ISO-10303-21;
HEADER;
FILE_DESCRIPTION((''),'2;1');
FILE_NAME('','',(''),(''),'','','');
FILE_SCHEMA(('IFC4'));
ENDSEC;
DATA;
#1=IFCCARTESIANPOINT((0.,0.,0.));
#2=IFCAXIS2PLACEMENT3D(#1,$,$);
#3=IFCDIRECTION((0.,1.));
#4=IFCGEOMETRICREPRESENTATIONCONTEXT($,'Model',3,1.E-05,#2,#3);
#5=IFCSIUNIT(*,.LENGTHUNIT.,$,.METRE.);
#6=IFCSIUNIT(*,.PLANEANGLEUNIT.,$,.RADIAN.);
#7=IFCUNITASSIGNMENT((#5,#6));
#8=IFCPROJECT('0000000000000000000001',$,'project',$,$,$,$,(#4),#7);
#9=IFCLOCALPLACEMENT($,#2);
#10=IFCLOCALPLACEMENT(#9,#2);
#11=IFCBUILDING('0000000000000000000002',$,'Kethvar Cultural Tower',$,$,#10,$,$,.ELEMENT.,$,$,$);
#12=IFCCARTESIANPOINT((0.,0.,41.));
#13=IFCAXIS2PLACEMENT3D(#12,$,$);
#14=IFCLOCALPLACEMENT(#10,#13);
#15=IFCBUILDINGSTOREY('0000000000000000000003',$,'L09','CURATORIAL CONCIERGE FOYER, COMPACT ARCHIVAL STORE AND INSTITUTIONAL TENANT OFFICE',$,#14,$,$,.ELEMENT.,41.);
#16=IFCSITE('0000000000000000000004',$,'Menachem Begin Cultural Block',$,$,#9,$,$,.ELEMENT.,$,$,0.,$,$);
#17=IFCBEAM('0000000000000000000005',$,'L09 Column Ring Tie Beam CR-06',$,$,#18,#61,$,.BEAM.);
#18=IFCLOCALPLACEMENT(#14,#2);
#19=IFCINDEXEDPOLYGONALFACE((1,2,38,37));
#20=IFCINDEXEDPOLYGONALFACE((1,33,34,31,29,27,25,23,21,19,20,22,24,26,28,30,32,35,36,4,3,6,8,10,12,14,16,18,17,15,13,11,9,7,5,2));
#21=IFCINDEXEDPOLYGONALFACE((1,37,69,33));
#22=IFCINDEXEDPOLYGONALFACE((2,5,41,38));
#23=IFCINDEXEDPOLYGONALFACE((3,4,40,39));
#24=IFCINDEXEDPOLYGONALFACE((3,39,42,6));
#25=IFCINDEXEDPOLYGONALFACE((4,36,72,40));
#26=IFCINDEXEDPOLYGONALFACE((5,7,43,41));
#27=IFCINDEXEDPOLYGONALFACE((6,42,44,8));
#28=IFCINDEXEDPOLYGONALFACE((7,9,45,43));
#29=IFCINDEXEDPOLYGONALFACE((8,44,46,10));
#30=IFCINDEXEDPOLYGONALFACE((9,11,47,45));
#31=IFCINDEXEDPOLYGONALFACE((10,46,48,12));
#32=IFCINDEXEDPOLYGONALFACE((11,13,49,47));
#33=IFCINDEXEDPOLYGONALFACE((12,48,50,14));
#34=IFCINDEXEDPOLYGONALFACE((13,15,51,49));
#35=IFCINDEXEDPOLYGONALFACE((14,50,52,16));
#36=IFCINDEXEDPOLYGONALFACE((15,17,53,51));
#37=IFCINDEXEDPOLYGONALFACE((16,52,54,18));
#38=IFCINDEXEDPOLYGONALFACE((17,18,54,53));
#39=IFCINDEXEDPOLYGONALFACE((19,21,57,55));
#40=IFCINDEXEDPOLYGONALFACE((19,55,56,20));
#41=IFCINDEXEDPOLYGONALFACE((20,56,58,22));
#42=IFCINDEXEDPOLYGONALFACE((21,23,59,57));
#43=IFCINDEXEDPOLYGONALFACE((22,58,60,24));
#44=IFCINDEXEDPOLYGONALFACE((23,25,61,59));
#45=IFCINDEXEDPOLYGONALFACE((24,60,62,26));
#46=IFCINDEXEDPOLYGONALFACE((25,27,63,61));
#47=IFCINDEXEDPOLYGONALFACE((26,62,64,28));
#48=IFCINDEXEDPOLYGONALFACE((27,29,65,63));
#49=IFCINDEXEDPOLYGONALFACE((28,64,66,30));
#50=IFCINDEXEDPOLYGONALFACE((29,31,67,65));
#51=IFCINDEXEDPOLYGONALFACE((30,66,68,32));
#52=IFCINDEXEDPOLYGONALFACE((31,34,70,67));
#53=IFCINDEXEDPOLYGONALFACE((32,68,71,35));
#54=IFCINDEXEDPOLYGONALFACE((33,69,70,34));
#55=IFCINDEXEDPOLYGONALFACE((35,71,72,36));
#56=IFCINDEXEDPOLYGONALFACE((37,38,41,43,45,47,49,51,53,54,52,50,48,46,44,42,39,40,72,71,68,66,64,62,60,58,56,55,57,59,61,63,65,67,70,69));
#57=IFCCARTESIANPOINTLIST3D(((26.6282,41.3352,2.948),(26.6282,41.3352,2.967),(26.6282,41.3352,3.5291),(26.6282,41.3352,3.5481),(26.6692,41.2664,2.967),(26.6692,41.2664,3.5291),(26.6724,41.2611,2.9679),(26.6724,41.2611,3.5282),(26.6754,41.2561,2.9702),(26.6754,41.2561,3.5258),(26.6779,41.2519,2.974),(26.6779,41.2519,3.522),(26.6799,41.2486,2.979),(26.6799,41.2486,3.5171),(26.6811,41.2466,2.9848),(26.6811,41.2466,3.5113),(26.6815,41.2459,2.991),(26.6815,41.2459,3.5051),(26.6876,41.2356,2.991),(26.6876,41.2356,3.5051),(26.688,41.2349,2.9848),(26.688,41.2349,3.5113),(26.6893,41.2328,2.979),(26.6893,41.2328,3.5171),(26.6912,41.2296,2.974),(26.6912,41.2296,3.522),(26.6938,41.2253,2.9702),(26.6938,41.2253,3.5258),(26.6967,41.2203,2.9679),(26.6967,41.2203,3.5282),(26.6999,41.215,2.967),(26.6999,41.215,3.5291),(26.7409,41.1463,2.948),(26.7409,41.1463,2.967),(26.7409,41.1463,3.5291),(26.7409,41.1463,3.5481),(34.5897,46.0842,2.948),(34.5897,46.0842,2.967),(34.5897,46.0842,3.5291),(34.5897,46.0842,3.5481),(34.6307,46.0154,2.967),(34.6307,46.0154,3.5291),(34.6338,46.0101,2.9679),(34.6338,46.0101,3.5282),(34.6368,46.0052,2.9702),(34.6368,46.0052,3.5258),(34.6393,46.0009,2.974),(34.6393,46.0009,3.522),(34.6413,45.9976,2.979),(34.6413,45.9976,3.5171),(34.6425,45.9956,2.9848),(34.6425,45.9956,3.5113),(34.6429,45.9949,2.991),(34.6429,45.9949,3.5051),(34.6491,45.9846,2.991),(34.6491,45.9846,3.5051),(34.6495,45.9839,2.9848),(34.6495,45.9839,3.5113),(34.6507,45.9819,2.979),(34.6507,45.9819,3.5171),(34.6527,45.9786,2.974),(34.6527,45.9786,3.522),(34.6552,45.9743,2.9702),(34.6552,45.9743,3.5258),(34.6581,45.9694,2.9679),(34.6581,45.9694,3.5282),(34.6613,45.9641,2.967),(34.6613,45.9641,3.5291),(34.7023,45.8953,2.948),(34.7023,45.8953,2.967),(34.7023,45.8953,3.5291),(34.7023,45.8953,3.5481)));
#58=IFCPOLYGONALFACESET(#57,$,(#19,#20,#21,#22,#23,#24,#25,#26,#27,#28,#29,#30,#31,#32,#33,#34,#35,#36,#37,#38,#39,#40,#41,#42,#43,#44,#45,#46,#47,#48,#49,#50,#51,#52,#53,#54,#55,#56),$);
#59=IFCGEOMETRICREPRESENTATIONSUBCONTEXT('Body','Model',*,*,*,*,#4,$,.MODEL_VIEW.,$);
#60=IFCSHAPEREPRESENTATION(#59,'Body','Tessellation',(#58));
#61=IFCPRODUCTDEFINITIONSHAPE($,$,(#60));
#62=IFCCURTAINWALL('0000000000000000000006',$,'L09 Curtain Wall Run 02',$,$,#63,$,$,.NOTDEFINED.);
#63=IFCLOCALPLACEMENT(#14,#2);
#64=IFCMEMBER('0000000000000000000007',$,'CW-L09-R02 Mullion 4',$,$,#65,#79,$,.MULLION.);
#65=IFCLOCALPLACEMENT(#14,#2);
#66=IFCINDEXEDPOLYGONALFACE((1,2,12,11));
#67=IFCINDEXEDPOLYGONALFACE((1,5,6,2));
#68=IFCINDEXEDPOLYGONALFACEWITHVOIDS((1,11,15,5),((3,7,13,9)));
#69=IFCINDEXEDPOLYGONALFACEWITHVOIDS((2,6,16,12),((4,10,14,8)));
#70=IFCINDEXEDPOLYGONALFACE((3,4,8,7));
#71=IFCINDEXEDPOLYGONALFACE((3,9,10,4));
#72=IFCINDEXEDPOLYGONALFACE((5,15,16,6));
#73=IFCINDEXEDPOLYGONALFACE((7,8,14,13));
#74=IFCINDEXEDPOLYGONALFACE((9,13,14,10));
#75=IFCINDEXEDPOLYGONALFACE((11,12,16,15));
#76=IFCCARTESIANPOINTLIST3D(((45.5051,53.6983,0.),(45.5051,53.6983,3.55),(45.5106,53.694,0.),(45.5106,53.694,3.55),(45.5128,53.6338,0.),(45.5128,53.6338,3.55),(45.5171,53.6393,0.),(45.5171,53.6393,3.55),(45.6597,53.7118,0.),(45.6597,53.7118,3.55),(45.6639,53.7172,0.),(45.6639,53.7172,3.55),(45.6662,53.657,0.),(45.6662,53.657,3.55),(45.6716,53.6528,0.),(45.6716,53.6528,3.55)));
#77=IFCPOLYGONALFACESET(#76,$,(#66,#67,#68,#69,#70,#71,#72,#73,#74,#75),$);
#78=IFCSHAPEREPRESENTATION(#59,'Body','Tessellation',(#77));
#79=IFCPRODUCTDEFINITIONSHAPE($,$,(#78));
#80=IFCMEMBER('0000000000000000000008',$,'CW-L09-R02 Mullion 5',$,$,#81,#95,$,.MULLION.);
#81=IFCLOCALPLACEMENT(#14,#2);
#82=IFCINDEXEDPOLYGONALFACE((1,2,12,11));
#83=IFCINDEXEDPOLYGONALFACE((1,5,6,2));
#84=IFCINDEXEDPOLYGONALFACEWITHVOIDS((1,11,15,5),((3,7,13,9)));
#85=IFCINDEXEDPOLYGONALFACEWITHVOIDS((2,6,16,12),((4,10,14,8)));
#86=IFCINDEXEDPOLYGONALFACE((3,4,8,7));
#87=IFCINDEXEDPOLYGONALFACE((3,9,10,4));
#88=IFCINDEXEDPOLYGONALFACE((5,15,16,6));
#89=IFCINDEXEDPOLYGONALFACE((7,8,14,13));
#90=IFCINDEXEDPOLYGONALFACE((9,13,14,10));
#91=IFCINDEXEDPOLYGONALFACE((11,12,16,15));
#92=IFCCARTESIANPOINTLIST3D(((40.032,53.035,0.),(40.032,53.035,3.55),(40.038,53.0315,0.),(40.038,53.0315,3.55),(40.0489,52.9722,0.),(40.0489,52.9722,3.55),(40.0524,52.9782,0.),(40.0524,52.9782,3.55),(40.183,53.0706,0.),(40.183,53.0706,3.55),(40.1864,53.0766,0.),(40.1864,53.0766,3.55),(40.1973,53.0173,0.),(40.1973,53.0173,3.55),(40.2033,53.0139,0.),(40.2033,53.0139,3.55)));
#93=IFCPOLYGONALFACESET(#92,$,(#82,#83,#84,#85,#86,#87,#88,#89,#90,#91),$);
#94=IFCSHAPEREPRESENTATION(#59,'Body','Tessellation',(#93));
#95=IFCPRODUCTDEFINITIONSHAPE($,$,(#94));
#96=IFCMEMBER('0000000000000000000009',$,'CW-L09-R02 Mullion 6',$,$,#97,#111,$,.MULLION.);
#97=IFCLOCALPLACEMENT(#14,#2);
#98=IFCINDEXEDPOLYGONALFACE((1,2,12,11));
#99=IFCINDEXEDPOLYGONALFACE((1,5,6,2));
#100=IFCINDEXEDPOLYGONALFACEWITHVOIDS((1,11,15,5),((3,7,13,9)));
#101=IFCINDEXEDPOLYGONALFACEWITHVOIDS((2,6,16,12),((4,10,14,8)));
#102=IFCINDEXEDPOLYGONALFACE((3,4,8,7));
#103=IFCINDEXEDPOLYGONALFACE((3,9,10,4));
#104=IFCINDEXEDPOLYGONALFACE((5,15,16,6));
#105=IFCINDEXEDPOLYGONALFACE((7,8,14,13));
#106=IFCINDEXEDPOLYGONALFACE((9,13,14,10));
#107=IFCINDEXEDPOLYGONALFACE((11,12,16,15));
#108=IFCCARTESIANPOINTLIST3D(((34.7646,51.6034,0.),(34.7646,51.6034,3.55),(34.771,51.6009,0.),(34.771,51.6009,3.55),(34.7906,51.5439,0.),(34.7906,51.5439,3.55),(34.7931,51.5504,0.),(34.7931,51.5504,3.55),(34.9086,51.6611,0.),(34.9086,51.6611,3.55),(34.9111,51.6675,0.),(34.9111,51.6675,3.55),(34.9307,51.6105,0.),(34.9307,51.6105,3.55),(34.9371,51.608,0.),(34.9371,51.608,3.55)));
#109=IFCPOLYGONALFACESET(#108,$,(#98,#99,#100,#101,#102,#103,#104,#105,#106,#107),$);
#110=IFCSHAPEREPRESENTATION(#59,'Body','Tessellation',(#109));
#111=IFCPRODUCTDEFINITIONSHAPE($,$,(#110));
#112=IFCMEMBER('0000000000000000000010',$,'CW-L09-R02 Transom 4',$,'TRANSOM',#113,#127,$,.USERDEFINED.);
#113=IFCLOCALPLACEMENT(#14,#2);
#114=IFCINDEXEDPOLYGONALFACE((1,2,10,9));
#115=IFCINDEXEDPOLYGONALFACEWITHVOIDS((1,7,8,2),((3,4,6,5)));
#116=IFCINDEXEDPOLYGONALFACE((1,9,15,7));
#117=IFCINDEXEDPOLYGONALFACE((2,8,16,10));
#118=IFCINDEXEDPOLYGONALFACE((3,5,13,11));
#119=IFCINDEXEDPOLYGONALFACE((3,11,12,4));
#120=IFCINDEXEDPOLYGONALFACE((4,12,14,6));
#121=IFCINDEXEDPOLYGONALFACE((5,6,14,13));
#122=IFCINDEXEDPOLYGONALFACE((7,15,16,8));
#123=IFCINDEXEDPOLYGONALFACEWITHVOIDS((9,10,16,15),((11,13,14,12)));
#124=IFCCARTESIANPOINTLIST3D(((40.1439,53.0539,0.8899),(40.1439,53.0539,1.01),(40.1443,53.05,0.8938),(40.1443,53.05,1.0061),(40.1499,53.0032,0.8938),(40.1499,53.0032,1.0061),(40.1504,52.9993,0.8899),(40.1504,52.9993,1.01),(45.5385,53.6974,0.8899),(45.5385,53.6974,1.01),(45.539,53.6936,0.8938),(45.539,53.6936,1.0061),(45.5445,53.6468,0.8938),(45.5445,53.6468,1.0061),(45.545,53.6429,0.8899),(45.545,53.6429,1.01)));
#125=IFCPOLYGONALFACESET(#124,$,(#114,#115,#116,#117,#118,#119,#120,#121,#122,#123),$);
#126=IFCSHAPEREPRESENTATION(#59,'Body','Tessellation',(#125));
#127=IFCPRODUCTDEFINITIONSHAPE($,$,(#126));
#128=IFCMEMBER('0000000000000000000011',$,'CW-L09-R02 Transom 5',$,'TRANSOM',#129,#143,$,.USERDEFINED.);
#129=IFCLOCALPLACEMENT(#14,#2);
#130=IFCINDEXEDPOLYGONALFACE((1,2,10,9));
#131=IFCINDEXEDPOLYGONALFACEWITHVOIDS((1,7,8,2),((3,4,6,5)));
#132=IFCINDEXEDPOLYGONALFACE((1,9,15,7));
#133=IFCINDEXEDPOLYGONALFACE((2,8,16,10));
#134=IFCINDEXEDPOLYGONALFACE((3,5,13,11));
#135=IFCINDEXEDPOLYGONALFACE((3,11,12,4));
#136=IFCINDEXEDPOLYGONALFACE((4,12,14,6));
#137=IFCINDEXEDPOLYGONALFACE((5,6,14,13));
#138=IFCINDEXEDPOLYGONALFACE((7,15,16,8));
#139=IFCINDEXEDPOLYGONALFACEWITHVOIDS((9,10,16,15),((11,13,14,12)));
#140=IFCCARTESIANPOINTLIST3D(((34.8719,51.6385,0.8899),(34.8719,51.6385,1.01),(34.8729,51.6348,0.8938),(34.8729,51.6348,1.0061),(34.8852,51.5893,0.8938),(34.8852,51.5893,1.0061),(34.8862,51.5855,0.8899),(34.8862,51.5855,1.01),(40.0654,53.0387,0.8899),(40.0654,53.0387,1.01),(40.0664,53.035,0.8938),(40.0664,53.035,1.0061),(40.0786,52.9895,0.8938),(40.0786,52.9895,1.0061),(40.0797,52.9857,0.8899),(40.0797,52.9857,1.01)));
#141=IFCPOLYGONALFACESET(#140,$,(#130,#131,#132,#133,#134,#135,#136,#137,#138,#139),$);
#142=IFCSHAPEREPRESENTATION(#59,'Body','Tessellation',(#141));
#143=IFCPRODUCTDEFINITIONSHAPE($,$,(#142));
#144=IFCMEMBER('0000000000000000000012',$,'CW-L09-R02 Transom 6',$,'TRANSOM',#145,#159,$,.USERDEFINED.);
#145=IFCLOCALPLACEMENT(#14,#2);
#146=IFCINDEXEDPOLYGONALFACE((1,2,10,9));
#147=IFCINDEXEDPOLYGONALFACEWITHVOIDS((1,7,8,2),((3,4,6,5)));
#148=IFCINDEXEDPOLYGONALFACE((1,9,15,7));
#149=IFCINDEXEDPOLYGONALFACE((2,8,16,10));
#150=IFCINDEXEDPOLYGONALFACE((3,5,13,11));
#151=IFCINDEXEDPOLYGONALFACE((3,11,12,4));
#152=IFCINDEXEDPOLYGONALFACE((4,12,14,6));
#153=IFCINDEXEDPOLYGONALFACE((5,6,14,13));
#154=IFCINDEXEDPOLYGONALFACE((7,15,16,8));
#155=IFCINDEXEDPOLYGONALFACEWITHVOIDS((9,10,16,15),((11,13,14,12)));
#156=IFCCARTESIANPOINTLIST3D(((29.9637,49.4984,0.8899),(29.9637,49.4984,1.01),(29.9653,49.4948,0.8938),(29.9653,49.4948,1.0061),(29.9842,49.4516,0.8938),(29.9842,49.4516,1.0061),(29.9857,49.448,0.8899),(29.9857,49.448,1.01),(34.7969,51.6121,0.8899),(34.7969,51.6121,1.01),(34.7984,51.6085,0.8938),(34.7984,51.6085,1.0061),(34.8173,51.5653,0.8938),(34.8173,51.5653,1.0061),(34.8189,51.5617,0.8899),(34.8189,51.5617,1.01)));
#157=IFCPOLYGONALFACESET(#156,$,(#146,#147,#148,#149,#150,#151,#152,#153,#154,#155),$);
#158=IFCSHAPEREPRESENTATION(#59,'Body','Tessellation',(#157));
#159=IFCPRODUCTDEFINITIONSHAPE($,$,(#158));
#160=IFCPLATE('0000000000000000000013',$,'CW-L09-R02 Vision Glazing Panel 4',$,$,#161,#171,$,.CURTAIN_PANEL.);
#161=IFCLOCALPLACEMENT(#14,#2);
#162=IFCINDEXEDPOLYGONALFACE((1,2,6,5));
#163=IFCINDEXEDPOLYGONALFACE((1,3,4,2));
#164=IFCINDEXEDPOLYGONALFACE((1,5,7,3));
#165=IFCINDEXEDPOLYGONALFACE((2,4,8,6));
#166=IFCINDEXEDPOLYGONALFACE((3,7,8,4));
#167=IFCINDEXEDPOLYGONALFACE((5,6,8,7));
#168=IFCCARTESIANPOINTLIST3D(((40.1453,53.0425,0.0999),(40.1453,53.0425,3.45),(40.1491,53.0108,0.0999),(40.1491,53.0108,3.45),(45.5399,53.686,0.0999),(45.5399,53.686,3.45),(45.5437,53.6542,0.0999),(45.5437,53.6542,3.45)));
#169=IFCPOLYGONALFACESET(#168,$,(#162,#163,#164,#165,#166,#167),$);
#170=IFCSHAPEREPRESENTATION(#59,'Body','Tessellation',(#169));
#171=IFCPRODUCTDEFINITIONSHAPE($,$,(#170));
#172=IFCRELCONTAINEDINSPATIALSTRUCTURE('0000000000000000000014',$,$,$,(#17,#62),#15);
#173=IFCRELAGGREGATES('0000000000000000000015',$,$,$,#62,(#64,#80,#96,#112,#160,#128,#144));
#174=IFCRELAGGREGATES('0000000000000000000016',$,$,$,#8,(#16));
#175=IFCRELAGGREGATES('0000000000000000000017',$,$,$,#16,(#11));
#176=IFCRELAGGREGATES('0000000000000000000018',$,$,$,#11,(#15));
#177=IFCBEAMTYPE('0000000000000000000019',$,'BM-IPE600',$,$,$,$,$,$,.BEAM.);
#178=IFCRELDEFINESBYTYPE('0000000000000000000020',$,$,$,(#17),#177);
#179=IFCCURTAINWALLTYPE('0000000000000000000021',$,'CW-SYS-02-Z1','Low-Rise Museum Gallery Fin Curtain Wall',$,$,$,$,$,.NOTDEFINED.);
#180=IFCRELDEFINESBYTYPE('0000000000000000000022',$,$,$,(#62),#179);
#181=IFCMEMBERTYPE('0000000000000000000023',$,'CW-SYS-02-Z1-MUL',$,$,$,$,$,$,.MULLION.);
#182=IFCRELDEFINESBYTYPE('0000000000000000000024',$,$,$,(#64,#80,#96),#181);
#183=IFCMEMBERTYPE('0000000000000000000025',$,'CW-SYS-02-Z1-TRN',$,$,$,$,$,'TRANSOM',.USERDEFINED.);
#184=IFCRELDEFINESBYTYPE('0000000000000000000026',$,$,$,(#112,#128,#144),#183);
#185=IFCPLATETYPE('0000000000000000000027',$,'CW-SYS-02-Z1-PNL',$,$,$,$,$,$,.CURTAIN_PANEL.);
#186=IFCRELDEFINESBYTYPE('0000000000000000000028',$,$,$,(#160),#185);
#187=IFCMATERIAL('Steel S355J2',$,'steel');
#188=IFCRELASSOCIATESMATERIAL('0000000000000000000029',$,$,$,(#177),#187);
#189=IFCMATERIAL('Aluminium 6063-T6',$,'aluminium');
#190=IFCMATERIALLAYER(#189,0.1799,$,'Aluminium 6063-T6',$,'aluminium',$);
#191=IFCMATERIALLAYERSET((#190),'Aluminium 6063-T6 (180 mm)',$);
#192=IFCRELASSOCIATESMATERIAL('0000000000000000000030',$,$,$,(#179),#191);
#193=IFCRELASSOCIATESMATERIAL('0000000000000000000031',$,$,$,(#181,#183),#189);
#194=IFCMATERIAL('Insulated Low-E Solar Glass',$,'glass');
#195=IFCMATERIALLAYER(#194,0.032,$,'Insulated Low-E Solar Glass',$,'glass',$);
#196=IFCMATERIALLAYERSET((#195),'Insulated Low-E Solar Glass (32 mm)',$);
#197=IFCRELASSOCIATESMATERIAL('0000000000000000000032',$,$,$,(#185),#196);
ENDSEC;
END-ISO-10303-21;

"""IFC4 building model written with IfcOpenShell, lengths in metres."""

from ifc_helpers import new_model, si_unit, direction, frame, origin, origin_2d, place, context, subcontext, project, spatial, rectangle, hollow_rectangle, i_section, extrude, source, transform, mapped, material, layer, layer_set, material_profile, profile_set, type_object, element, aggregate, save


model = new_model("IFC4")

# Units and contexts
model_context = context("Model", 3, precision=1e-05, world=origin(), true_north=direction((0.0, 1.0)))
body_context = subcontext(model_context, "Body", "Model", "MODEL_VIEW")
ifc_project = project(units=[si_unit("LENGTHUNIT", "METRE"), si_unit("PLANEANGLEUNIT", "RADIAN")], contexts=[model_context])

# Site, building, storey
site_placement = place(None, origin())
site = spatial("IfcSite", under=ifc_project, at=site_placement, Name="Menachem Begin Cultural Block", CompositionType="ELEMENT", RefElevation=0.0)
building_placement = place(site_placement, origin())
building = spatial("IfcBuilding", under=site, at=building_placement, Name="Kethvar Cultural Tower", CompositionType="ELEMENT")
storey_placement = place(building_placement, frame((0.0, 0.0, 41.0)))
storey = spatial("IfcBuildingStorey", under=building, at=storey_placement, Name="L09", Description="CURATORIAL CONCIERGE FOYER, COMPACT ARCHIVAL STORE AND INSTITUTIONAL TENANT OFFICE", CompositionType="ELEMENT", Elevation=41.0)

# Beam
ifc_material_1 = material(Name="Steel S355J2", Category="steel")
ifc_material_profile_1 = material_profile(ifc_material_1, i_section(OverallWidth=0.22, OverallDepth=0.6001, WebThickness=0.012, FlangeThickness=0.019, FilletRadius=0.0239, at=origin_2d()), Name="Steel S355J2 — IPE600")
ifc_profile_set_1 = profile_set([ifc_material_profile_1], Name="Steel S355J2 — IPE600")
beam_type_1 = type_object("IfcBeamType", Name="BM-IPE600", PredefinedType="BEAM", material=ifc_profile_set_1)
shared_shape_1 = source(origin(), body_context, "Body", "SweptSolid", [
    extrude(i_section(OverallWidth=0.22, OverallDepth=0.6001, WebThickness=0.012, FlangeThickness=0.019, FilletRadius=0.0239, at=origin_2d()), origin(), (0.0, 0.0, 1.0), 9.2703),
])
beam_1_placement = place(storey_placement, frame((34.646, 45.9897, 3.248), z_axis=(-0.858815, -0.512286, 0.0), x_axis=(0.512286, -0.858815, 0.0)))
element("IfcBeam", 1, at=beam_1_placement, inside=storey, type_object=beam_type_1, Name="L09 Column Ring Tie Beam CR-06", PredefinedType="BEAM", context=body_context, shape_type="MappedRepresentation", body=[
    mapped(shared_shape_1, transform((0.0, 0.0, 0.0), scale=1.0)),
])

# Curtain wall, members, plate
ifc_material_2 = material(Name="Aluminium 6063-T6", Category="aluminium")
ifc_layer_1 = layer(ifc_material_2, 0.1799, Name="Aluminium 6063-T6", Category="aluminium")
ifc_layer_set_1 = layer_set([ifc_layer_1], Name="Aluminium 6063-T6 (180 mm)")
curtain_wall_type = type_object("IfcCurtainWallType", Name="CW-SYS-02-Z1", Description="Low-Rise Museum Gallery Fin Curtain Wall", PredefinedType="NOTDEFINED", material=ifc_layer_set_1)
curtain_wall_placement = place(storey_placement, origin())
curtain_wall = element("IfcCurtainWall", 2, at=curtain_wall_placement, inside=storey, type_object=curtain_wall_type, Name="L09 Curtain Wall Run 02", PredefinedType="NOTDEFINED")
ifc_material_profile_2 = material_profile(ifc_material_2, hollow_rectangle(XDim=0.0649, YDim=0.1599, WallThickness=0.0049, at=origin_2d()), Name="Aluminium 6063-T6 — RHS160x65x5")
ifc_profile_set_2 = profile_set([ifc_material_profile_2], Name="Aluminium 6063-T6 — RHS160x65x5")
member_type_1 = type_object("IfcMemberType", Name="CW-SYS-02-Z1-MUL", PredefinedType="MULLION", material=ifc_profile_set_2)
shared_shape_2 = source(origin(), body_context, "Body", "SweptSolid", [
    extrude(hollow_rectangle(XDim=0.0649, YDim=0.1599, WallThickness=0.0049, at=origin_2d()), origin(), (0.0, 0.0, 1.0), 3.55),
])
member_1_placement = place(storey_placement, frame((45.5884, 53.6755, 0.0), z_axis=(0.0, 0.0, 1.0), x_axis=(0.118439, -0.992961, 0.0)))
member_1 = element("IfcMember", 3, at=member_1_placement, type_object=member_type_1, Name="CW-L09-R02 Mullion 4", PredefinedType="MULLION", context=body_context, shape_type="MappedRepresentation", body=[
    mapped(shared_shape_2, transform((0.0, 0.0, 0.0), scale=1.0)),
])
member_2_placement = place(storey_placement, frame((40.1177, 53.0244, 0.0), z_axis=(0.0, 0.0, 1.0), x_axis=(0.260302, -0.965527, 0.0)))
member_2 = element("IfcMember", 4, at=member_2_placement, type_object=member_type_1, Name="CW-L09-R02 Mullion 5", PredefinedType="MULLION", context=body_context, shape_type="MappedRepresentation", body=[
    mapped(shared_shape_2, transform((0.0, 0.0, 0.0), scale=1.0)),
])
member_3_placement = place(storey_placement, frame((34.8508, 51.6057, 0.0), z_axis=(0.0, 0.0, 1.0), x_axis=(0.400685, -0.916216, 0.0)))
member_3 = element("IfcMember", 5, at=member_3_placement, type_object=member_type_1, Name="CW-L09-R02 Mullion 6", PredefinedType="MULLION", context=body_context, shape_type="MappedRepresentation", body=[
    mapped(shared_shape_2, transform((0.0, 0.0, 0.0), scale=1.0)),
])
ifc_material_profile_3 = material_profile(ifc_material_2, hollow_rectangle(XDim=0.0549, YDim=0.1201, WallThickness=0.0039, at=origin_2d()), Name="Aluminium 6063-T6 — RHS120x55x4")
ifc_profile_set_3 = profile_set([ifc_material_profile_3], Name="Aluminium 6063-T6 — RHS120x55x4")
member_type_2 = type_object("IfcMemberType", Name="CW-SYS-02-Z1-TRN", ElementType="TRANSOM", PredefinedType="USERDEFINED", material=ifc_profile_set_3)
shared_shape_3 = source(origin(), body_context, "Body", "SweptSolid", [
    extrude(hollow_rectangle(XDim=0.0549, YDim=0.1201, WallThickness=0.0039, at=origin_2d()), origin(), (0.0, 0.0, 1.0), 5.4329),
])
member_4_placement = place(storey_placement, frame((45.5417, 53.6702, 0.95), z_axis=(-0.992959, -0.118458, 0.0), x_axis=(0.118458, -0.992959, 0.0)))
member_4 = element("IfcMember", 6, at=member_4_placement, type_object=member_type_2, Name="CW-L09-R02 Transom 4", ObjectType="TRANSOM", PredefinedType="USERDEFINED", context=body_context, shape_type="MappedRepresentation", body=[
    mapped(shared_shape_3, transform((0.0, 0.0, 0.0), scale=1.0)),
])
shared_shape_4 = source(origin(), body_context, "Body", "SweptSolid", [
    extrude(hollow_rectangle(XDim=0.0549, YDim=0.1201, WallThickness=0.0039, at=origin_2d()), origin(), (0.0, 0.0, 1.0), 5.3789),
])
member_5_placement = place(storey_placement, frame((40.0725, 53.0122, 0.95), z_axis=(-0.965525, -0.260309, 0.0), x_axis=(0.260309, -0.965525, 0.0)))
member_5 = element("IfcMember", 7, at=member_5_placement, type_object=member_type_2, Name="CW-L09-R02 Transom 5", ObjectType="TRANSOM", PredefinedType="USERDEFINED", context=body_context, shape_type="MappedRepresentation", body=[
    mapped(shared_shape_4, transform((0.0, 0.0, 0.0), scale=1.0)),
])
shared_shape_5 = source(origin(), body_context, "Body", "SweptSolid", [
    extrude(hollow_rectangle(XDim=0.0549, YDim=0.1201, WallThickness=0.0039, at=origin_2d()), origin(), (0.0, 0.0, 1.0), 5.2751),
])
member_6_placement = place(storey_placement, frame((34.8079, 51.5869, 0.95), z_axis=(-0.916211, -0.400695, 0.0), x_axis=(0.400695, -0.916211, 0.0)))
member_6 = element("IfcMember", 8, at=member_6_placement, type_object=member_type_2, Name="CW-L09-R02 Transom 6", ObjectType="TRANSOM", PredefinedType="USERDEFINED", context=body_context, shape_type="MappedRepresentation", body=[
    mapped(shared_shape_5, transform((0.0, 0.0, 0.0), scale=1.0)),
])
ifc_material_3 = material(Name="Insulated Low-E Solar Glass", Category="glass")
ifc_layer_2 = layer(ifc_material_3, 0.032, Name="Insulated Low-E Solar Glass", Category="glass")
ifc_layer_set_2 = layer_set([ifc_layer_2], Name="Insulated Low-E Solar Glass (32 mm)")
plate_type = type_object("IfcPlateType", Name="CW-SYS-02-Z1-PNL", PredefinedType="CURTAIN_PANEL", material=ifc_layer_set_2)
shared_shape_6 = source(origin(), body_context, "Body", "SweptSolid", [
    extrude(rectangle(XDim=5.4329, YDim=0.032, at=origin_2d()), origin(), (0.0, 0.0, 1.0), 3.3501),
])
plate_1_placement = place(storey_placement, frame((42.8445, 53.3484, 0.0999), z_axis=(0.0, 0.0, 1.0), x_axis=(-0.992961, -0.118439, 0.0)))
plate_1 = element("IfcPlate", 9, at=plate_1_placement, type_object=plate_type, Name="CW-L09-R02 Vision Glazing Panel 4", PredefinedType="CURTAIN_PANEL", context=body_context, shape_type="MappedRepresentation", body=[
    mapped(shared_shape_6, transform((0.0, 0.0, 0.0), scale=1.0)),
])
aggregate(curtain_wall, [member_1, member_2, member_3, member_4, plate_1, member_5, member_6])

save(model, "model.ifc")
